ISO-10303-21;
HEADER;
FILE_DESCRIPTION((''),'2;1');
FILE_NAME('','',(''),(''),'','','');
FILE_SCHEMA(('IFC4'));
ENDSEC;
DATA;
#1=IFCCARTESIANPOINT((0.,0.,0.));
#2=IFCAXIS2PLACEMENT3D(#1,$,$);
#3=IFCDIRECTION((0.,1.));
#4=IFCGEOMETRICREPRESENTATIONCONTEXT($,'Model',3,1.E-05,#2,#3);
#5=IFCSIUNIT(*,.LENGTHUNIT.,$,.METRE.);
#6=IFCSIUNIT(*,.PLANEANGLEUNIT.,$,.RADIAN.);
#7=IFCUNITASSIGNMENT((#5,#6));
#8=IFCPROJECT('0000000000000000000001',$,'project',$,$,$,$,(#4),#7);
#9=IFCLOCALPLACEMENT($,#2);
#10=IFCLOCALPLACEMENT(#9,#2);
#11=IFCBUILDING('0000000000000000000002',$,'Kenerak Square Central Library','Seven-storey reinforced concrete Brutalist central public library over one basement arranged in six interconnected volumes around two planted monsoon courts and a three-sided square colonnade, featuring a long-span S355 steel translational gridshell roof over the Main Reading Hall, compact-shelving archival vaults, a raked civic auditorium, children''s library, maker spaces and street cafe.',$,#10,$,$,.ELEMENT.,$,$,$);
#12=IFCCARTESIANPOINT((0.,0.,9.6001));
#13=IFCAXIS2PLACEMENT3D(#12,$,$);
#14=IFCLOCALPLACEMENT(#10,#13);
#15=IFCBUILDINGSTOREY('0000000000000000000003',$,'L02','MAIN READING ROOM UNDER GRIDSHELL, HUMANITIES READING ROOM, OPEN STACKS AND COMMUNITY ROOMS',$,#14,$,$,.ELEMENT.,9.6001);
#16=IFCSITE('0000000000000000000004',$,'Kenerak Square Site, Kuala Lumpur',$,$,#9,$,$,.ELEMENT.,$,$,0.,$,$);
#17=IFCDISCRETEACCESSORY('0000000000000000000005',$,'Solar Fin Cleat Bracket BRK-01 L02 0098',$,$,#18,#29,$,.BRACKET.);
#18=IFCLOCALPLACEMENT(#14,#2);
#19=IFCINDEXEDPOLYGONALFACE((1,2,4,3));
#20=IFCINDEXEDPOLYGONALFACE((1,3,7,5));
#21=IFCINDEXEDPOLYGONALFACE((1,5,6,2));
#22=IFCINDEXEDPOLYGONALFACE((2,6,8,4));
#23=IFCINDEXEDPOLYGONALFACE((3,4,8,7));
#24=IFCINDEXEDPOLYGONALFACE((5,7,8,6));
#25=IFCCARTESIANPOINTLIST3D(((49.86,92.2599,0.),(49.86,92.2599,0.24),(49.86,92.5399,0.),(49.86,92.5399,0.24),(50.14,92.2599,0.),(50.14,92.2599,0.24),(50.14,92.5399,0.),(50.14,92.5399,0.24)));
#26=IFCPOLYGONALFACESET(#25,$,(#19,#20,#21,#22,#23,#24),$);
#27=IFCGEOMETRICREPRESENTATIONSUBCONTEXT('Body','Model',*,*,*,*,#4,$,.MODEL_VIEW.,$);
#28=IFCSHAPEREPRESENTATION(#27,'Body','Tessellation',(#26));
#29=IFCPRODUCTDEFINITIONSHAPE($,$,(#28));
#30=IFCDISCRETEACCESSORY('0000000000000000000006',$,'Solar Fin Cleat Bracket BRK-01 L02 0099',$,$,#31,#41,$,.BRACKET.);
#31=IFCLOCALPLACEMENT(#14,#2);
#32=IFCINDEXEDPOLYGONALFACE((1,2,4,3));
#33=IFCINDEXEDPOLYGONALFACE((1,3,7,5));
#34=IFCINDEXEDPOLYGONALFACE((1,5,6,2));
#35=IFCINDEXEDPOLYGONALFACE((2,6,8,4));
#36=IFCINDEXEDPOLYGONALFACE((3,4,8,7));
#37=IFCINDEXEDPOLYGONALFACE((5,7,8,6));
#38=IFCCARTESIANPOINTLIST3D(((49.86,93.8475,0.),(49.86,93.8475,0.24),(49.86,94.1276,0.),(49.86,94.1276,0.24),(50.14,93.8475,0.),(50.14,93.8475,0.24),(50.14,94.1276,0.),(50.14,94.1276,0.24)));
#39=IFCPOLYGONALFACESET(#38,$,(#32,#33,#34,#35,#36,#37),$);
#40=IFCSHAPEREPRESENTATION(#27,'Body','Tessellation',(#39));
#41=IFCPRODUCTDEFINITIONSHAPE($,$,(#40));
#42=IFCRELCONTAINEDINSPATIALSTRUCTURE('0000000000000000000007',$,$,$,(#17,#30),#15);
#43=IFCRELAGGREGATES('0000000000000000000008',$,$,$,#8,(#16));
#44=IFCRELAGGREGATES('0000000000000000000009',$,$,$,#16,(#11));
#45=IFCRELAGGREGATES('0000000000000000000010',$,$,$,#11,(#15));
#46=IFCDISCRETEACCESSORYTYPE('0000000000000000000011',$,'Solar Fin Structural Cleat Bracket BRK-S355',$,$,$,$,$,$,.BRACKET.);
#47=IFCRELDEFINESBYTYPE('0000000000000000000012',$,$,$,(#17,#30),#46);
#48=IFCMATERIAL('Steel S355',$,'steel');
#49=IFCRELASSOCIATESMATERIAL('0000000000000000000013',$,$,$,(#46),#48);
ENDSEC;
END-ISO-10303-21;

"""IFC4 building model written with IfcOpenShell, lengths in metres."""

from ifc_helpers import new_model, si_unit, direction, frame, origin, origin_2d, place, context, subcontext, project, spatial, rectangle, extrude, material, type_object, element, save


model = new_model("IFC4")

# Units and contexts
model_context = context("Model", 3, precision=1e-05, world=origin(), true_north=direction((0.0, 1.0)))
body_context = subcontext(model_context, "Body", "Model", "MODEL_VIEW")
ifc_project = project(units=[si_unit("LENGTHUNIT", "METRE"), si_unit("PLANEANGLEUNIT", "RADIAN")], contexts=[model_context])

# Site, building, storey
site_placement = place(None, origin())
site = spatial("IfcSite", under=ifc_project, at=site_placement, Name="Kenerak Square Site, Kuala Lumpur", CompositionType="ELEMENT", RefElevation=0.0)
building_placement = place(site_placement, origin())
building = spatial("IfcBuilding", under=site, at=building_placement, Name="Kenerak Square Central Library", Description="Seven-storey reinforced concrete Brutalist central public library over one basement arranged in six interconnected volumes around two planted monsoon courts and a three-sided square colonnade, featuring a long-span S355 steel translational gridshell roof over the Main Reading Hall, compact-shelving archival vaults, a raked civic auditorium, children's library, maker spaces and street cafe.", CompositionType="ELEMENT")
storey_placement = place(building_placement, frame((0.0, 0.0, 9.6001)))
storey = spatial("IfcBuildingStorey", under=building, at=storey_placement, Name="L02", Description="MAIN READING ROOM UNDER GRIDSHELL, HUMANITIES READING ROOM, OPEN STACKS AND COMMUNITY ROOMS", CompositionType="ELEMENT", Elevation=9.6001)

# Discrete accessories
ifc_material_1 = material(Name="Steel S355", Category="steel")
discrete_accessory_type = type_object("IfcDiscreteAccessoryType", Name="Solar Fin Structural Cleat Bracket BRK-S355", PredefinedType="BRACKET", material=ifc_material_1)
for number, where, z_axis, x_axis, name in (
    (1, (50.0, 92.3999, 0.0), (0.0, 0.0, 1.0), (0.0, 1.0, 0.0), "Solar Fin Cleat Bracket BRK-01 L02 0098"),
    (2, (50.0, 93.9875, 0.0), (0.0, 0.0, 1.0), (0.0, 1.0, 0.0), "Solar Fin Cleat Bracket BRK-01 L02 0099"),
):
    element("IfcDiscreteAccessory", number, at=place(storey_placement, frame(where, z_axis=z_axis, x_axis=x_axis)), inside=storey, type_object=discrete_accessory_type, Name=name, PredefinedType="BRACKET", context=body_context, shape_type="SweptSolid", body=[
        extrude(rectangle(XDim=0.28, YDim=0.28, at=origin_2d()), origin(), (0.0, 0.0, 1.0), 0.24),
    ])

save(model, "model.ifc")
